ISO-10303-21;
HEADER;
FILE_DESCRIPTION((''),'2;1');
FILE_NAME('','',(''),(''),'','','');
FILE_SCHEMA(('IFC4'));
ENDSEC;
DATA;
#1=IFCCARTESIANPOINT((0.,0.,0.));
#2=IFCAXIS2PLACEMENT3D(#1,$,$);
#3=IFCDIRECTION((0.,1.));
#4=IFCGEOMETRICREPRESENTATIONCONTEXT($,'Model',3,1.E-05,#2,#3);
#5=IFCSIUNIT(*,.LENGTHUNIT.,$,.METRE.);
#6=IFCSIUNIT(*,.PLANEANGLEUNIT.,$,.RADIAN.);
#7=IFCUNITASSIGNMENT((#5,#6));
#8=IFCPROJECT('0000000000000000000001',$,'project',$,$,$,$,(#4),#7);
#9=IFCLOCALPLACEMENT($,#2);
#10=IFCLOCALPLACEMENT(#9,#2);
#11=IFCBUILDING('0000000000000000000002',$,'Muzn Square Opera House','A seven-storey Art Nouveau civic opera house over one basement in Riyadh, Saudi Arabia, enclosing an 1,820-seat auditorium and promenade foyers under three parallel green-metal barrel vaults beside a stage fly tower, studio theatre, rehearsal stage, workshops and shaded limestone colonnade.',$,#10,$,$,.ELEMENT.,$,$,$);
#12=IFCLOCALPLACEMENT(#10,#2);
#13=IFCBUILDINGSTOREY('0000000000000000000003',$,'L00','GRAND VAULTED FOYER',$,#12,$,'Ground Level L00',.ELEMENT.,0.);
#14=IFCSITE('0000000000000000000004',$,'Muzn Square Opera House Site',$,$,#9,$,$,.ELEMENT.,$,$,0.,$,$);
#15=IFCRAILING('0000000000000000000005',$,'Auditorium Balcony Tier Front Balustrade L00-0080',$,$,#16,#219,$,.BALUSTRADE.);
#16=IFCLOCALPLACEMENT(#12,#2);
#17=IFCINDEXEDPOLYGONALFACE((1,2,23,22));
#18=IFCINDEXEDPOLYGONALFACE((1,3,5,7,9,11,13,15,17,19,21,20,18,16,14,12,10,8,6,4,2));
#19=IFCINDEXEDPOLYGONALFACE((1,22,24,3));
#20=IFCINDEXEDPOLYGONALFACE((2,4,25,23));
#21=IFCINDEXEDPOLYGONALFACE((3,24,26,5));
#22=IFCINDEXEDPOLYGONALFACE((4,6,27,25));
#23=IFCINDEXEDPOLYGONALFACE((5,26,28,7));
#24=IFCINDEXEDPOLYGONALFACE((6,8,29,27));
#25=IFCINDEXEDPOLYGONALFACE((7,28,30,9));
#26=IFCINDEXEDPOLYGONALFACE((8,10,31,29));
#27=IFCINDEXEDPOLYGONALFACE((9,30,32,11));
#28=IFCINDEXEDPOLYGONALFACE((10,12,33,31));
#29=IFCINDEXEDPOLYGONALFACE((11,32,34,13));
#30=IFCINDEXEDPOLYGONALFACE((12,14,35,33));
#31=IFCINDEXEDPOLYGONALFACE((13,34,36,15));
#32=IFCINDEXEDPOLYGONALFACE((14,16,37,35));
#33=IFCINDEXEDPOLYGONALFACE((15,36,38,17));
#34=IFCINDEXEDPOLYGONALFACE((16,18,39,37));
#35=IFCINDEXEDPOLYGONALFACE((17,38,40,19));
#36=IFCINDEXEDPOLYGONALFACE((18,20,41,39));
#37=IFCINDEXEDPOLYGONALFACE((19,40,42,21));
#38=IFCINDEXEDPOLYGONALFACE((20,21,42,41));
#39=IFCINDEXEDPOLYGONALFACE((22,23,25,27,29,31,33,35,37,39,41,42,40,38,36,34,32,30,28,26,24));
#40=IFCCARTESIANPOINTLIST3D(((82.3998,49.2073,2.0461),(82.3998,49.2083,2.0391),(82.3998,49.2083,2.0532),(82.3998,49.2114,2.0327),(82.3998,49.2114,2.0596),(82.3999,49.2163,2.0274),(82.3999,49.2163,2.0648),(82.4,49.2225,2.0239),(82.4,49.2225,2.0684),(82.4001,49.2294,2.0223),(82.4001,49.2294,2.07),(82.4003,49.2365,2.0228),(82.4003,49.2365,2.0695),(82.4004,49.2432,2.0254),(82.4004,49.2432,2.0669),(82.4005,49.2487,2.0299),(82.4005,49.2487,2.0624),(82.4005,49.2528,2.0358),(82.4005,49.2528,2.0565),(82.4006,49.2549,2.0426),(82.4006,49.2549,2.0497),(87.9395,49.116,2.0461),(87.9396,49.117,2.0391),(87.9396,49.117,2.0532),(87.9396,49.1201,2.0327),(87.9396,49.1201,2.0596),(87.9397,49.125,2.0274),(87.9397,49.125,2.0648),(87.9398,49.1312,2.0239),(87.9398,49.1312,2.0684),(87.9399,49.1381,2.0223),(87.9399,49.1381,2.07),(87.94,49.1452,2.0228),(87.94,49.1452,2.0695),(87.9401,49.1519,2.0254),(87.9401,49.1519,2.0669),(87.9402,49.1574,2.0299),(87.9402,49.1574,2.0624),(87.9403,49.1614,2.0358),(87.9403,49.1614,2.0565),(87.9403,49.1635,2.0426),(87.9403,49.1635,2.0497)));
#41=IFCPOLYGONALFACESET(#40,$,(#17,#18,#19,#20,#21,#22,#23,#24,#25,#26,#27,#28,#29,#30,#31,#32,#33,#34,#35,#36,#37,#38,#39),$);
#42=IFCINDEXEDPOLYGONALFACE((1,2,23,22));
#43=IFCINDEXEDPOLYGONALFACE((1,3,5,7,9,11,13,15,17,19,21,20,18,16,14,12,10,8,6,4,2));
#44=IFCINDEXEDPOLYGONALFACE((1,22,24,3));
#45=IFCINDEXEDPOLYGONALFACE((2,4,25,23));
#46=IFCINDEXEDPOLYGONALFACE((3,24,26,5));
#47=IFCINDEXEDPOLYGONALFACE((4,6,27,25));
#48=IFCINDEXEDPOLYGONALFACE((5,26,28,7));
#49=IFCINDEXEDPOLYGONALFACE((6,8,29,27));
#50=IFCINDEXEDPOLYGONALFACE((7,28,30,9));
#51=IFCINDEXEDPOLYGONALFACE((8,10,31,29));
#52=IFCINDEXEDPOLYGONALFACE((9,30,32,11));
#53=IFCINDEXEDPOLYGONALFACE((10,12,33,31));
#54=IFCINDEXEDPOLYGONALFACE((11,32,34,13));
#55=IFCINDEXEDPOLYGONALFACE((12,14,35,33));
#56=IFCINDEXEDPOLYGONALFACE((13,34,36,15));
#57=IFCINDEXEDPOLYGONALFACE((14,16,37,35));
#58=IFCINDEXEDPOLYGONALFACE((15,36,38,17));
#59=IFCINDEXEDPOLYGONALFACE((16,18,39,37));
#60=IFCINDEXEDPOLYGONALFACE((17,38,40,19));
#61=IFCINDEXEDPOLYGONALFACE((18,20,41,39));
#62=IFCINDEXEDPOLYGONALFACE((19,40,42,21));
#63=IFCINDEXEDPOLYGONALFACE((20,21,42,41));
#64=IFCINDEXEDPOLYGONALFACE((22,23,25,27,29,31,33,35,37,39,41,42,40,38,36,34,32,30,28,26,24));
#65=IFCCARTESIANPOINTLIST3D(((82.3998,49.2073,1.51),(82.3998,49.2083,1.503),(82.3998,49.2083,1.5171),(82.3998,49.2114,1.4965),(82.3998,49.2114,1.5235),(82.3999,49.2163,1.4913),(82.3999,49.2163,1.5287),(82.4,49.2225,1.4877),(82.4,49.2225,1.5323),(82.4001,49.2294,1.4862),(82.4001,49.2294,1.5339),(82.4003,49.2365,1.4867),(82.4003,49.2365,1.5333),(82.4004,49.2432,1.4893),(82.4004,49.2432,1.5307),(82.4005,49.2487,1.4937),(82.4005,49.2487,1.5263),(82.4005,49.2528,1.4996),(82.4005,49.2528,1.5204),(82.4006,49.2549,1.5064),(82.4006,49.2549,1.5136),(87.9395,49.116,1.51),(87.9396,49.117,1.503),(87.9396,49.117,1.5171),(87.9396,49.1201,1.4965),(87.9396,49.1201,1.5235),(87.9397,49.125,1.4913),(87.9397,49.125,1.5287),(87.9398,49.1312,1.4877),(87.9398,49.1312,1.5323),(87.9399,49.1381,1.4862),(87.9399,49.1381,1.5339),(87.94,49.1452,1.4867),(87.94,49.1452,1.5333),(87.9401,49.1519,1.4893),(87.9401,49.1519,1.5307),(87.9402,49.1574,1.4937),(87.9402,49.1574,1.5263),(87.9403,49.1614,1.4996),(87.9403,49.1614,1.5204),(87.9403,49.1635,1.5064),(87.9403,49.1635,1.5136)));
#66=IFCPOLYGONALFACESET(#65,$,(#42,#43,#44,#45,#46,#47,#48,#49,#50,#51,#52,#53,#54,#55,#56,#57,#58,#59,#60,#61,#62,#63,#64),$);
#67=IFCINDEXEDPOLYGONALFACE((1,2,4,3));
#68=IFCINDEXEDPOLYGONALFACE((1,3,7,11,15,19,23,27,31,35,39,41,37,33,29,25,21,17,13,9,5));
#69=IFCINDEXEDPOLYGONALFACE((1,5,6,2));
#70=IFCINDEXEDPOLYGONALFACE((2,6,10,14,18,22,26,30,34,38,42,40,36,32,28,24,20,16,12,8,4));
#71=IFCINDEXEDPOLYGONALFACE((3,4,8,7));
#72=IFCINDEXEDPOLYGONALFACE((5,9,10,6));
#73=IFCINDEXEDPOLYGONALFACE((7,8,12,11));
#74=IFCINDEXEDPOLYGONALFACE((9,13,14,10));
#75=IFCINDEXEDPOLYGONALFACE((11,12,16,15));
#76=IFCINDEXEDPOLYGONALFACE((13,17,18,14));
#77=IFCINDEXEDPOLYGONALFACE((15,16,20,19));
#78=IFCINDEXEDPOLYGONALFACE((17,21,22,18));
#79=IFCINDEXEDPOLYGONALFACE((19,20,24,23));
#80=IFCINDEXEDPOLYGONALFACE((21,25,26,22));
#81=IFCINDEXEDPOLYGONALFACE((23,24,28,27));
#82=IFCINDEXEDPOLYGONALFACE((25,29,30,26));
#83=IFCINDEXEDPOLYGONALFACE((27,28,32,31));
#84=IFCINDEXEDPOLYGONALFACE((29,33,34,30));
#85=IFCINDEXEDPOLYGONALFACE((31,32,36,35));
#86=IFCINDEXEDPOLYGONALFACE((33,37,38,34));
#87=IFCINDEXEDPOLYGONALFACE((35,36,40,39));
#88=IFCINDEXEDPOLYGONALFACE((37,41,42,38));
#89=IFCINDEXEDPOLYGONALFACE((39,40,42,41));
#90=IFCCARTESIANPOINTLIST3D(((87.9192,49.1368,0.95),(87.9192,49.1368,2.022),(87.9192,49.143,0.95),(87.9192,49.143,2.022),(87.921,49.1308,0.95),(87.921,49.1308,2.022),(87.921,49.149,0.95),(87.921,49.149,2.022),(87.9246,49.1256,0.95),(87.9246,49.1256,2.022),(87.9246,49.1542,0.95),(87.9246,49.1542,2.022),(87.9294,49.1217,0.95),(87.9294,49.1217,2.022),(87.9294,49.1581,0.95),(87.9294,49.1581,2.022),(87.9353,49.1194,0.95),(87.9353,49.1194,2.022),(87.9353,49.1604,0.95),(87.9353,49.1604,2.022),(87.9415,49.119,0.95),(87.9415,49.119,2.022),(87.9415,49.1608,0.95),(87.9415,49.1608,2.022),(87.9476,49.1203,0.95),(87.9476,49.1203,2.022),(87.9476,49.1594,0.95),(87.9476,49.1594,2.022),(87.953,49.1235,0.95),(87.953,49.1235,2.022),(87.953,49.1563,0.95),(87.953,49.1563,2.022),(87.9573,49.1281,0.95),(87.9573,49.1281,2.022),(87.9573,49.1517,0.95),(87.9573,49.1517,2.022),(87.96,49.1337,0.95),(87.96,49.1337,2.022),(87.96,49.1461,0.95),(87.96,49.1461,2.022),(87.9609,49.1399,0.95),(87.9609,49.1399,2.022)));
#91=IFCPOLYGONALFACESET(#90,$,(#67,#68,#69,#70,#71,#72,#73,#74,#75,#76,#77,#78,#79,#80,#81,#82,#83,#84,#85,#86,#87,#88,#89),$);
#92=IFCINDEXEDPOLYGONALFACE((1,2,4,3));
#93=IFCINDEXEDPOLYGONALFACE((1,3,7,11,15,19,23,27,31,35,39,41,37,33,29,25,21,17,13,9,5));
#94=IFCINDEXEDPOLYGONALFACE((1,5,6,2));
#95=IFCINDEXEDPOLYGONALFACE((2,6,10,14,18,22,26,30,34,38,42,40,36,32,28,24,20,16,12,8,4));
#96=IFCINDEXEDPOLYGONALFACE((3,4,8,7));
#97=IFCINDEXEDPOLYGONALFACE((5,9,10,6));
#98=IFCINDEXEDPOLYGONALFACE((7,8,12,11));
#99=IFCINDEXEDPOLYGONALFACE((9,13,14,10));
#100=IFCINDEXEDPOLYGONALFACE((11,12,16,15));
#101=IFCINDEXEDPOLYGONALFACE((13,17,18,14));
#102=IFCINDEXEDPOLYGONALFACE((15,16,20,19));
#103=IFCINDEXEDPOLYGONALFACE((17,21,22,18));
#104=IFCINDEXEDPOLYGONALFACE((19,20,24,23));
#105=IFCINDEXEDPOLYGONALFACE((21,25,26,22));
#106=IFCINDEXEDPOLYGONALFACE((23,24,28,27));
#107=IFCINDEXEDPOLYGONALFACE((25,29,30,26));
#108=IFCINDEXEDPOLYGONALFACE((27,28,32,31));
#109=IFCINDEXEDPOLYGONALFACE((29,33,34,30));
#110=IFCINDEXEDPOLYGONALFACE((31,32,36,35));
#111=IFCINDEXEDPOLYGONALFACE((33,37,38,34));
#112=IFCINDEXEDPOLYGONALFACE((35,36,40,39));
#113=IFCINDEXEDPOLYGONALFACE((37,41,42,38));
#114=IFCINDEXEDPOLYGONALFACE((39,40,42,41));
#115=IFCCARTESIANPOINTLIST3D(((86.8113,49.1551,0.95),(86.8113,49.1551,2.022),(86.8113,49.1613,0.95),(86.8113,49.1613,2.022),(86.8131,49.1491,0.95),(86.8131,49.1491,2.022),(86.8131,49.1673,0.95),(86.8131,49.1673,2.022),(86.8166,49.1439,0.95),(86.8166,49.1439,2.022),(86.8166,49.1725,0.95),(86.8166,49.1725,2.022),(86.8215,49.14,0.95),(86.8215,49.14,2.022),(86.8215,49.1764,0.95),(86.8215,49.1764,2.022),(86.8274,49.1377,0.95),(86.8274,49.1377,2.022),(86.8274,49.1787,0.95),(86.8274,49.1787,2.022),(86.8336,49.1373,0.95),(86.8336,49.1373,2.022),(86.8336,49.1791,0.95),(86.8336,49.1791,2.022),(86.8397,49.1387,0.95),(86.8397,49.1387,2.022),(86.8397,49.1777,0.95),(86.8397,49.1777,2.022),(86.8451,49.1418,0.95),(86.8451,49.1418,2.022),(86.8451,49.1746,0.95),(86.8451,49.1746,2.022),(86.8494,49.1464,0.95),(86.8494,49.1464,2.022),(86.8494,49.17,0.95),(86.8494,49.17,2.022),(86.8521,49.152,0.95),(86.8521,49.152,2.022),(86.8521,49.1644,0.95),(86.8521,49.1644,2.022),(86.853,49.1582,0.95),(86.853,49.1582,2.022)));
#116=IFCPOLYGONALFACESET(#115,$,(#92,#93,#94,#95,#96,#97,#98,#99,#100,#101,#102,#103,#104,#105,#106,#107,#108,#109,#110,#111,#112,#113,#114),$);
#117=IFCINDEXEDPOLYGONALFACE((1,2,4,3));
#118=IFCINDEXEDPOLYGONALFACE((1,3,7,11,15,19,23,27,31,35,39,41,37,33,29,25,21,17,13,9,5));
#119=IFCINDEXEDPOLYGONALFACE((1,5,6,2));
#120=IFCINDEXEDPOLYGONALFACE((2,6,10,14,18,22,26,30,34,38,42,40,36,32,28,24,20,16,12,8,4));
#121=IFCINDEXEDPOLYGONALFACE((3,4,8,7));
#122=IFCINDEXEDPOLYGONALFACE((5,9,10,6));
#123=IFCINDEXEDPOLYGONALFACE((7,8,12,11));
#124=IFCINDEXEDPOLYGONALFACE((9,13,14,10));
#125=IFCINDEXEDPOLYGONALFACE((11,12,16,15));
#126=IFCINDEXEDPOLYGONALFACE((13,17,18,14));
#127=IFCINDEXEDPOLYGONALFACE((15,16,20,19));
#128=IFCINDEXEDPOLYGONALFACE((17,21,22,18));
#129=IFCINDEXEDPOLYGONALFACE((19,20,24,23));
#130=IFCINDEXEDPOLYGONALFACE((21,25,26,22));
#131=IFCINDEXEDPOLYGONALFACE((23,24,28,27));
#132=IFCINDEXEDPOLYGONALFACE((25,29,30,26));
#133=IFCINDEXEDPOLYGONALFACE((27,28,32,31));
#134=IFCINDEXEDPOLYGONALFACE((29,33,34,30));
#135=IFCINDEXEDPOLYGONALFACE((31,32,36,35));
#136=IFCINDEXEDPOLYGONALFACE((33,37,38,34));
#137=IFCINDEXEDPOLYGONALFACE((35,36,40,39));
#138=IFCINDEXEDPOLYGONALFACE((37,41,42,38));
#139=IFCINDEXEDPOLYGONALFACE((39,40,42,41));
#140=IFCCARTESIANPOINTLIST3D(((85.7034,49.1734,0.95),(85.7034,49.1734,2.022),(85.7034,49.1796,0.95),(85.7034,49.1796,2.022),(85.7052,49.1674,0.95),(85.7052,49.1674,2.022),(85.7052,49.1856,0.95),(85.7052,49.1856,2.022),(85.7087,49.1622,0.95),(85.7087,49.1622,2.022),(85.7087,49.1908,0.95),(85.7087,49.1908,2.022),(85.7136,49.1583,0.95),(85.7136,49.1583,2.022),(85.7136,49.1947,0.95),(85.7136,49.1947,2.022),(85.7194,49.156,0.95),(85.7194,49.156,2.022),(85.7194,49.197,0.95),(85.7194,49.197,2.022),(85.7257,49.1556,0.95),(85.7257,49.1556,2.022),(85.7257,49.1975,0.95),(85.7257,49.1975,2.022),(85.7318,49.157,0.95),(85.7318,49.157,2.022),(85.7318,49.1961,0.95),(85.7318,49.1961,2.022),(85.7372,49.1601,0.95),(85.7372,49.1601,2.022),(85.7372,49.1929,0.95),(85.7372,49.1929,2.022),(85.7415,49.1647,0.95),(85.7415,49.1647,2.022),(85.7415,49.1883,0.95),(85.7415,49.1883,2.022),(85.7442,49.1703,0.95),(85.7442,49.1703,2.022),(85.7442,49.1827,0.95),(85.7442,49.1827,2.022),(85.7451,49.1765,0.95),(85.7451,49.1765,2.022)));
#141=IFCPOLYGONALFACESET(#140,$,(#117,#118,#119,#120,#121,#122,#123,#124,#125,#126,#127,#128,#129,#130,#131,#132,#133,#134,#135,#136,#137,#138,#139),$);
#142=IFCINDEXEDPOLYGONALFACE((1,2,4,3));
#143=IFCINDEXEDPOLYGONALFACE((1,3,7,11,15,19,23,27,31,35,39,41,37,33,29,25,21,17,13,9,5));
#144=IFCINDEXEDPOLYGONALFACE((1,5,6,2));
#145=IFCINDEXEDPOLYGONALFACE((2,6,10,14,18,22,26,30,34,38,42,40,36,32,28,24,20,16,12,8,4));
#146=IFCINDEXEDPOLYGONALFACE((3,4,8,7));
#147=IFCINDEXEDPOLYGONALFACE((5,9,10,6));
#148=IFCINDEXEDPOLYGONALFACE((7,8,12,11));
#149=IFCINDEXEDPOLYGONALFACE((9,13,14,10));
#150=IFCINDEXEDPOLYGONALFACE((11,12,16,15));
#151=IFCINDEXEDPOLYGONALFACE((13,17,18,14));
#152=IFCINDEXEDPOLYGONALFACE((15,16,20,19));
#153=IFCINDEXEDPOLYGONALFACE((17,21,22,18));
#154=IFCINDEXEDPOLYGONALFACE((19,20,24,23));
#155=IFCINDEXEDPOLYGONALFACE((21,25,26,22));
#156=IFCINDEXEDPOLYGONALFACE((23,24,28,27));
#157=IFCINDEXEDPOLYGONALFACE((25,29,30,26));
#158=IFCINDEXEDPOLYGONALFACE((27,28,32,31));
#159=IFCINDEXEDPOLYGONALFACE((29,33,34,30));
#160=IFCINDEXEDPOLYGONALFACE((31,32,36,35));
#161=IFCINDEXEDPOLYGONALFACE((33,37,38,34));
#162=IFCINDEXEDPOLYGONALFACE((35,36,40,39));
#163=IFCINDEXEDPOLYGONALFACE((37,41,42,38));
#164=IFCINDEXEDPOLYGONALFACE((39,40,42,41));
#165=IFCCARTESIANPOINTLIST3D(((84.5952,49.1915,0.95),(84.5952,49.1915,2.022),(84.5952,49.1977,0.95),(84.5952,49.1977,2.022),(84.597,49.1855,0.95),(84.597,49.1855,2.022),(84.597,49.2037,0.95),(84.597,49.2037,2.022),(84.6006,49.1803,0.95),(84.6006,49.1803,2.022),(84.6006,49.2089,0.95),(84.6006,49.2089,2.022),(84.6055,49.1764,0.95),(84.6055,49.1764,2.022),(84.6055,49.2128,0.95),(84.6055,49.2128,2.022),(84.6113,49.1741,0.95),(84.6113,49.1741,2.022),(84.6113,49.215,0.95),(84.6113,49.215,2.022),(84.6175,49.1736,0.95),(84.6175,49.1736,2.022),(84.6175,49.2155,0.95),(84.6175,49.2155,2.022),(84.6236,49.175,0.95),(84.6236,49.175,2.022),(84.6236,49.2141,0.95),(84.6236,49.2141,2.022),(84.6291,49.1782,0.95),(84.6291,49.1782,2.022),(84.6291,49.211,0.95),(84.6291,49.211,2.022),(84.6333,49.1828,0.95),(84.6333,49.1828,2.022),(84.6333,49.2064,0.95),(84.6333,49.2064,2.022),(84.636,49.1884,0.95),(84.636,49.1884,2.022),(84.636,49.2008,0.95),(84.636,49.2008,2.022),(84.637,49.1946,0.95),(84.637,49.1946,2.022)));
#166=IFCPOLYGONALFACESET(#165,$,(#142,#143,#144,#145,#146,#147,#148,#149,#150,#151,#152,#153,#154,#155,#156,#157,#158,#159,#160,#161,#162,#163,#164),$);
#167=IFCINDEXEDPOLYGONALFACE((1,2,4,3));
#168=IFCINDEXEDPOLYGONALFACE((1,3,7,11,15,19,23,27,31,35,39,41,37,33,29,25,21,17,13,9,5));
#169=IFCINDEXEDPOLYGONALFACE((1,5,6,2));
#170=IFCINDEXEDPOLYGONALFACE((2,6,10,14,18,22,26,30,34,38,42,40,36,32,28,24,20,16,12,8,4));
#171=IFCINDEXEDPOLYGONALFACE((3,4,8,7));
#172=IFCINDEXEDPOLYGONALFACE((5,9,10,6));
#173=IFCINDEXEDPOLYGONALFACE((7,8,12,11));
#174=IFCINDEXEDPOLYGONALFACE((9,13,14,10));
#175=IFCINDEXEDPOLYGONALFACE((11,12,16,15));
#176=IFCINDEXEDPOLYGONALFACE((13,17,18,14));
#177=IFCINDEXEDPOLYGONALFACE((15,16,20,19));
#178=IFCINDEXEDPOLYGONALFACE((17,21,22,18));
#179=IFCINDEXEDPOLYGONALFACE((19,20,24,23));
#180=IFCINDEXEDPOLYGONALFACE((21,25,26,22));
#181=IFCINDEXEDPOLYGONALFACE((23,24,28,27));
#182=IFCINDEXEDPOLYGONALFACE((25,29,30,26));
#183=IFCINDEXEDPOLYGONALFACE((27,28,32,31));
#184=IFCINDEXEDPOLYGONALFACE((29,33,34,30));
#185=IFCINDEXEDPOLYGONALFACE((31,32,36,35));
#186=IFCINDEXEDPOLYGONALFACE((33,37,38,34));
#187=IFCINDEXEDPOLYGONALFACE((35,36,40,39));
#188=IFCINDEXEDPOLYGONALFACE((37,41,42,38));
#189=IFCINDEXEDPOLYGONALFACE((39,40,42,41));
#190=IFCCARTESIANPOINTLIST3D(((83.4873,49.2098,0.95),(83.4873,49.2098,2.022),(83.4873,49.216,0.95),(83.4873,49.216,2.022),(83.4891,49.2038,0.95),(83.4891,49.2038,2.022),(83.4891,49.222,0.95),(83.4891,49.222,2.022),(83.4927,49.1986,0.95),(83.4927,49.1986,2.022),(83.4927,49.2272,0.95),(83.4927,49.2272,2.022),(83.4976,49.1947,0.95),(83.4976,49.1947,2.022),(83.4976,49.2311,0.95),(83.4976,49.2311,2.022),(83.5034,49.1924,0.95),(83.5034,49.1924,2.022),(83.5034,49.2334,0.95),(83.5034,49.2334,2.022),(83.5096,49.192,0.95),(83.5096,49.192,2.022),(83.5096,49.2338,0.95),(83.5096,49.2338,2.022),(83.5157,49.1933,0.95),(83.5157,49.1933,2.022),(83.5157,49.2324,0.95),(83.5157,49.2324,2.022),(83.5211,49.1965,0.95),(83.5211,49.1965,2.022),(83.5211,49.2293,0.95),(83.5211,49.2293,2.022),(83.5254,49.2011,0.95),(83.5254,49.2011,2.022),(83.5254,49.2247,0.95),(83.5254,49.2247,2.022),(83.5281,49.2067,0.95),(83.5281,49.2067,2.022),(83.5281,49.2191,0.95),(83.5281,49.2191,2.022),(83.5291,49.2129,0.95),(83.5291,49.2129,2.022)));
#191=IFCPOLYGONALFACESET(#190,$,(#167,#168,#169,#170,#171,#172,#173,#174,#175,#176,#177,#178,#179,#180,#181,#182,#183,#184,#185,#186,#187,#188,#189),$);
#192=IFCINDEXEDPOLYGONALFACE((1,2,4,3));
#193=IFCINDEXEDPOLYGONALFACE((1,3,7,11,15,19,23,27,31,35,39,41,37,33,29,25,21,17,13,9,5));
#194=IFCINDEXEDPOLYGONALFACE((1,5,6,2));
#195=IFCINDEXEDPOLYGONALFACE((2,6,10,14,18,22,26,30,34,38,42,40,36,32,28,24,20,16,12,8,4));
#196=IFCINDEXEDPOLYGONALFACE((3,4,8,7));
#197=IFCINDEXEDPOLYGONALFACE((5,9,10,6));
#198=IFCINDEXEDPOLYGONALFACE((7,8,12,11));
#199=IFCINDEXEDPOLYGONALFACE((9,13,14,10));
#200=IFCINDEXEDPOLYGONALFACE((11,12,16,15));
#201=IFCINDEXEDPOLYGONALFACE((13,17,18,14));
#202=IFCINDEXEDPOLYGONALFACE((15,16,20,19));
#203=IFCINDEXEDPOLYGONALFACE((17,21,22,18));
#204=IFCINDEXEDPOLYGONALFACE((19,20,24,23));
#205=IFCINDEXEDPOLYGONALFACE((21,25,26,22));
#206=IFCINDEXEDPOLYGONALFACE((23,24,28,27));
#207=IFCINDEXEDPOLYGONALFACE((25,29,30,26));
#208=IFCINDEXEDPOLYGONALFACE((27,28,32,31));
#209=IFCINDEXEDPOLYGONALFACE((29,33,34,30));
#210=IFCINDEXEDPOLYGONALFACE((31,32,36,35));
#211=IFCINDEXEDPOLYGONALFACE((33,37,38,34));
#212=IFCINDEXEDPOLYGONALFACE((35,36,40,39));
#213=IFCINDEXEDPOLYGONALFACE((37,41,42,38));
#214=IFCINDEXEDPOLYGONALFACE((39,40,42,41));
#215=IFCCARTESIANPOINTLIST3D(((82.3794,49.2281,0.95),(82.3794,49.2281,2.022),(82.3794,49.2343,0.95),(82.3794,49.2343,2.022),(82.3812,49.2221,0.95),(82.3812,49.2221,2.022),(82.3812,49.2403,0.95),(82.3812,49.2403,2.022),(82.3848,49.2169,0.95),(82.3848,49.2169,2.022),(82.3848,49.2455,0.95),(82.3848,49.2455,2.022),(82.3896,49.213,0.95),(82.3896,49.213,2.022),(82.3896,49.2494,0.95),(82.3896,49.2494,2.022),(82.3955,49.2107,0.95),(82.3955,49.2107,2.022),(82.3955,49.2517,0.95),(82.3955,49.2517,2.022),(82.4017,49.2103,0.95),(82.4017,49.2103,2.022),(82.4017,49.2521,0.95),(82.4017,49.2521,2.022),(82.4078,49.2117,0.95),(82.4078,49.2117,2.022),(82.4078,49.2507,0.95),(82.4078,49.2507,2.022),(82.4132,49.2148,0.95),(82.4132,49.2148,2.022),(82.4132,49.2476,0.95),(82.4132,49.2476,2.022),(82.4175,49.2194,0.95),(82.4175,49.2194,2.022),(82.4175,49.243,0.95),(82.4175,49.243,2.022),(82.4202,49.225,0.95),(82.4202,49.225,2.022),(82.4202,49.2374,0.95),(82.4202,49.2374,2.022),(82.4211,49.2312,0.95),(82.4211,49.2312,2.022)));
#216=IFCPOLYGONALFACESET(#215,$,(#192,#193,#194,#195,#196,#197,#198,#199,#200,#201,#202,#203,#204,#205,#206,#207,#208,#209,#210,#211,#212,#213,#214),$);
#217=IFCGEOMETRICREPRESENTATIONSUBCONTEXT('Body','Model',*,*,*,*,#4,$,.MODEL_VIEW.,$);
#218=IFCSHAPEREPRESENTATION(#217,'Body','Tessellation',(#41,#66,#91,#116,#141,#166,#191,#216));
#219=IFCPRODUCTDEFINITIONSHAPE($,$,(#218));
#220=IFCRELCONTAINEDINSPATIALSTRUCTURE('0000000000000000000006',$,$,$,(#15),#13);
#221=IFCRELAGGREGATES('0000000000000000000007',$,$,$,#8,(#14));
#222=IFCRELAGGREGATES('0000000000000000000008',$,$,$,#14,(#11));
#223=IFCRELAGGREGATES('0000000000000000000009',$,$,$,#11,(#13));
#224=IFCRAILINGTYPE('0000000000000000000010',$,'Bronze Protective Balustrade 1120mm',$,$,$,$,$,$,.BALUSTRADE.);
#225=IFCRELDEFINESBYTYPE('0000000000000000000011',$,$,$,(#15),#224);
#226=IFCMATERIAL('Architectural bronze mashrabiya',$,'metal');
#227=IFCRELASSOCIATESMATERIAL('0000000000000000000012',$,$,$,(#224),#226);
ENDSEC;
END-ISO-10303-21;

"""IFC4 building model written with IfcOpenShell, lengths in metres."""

from ifc_helpers import new_model, si_unit, direction, frame, origin, origin_2d, place, context, subcontext, project, spatial, circle, extrude, material, type_object, element, save


model = new_model("IFC4")

# Units and contexts
model_context = context("Model", 3, precision=1e-05, world=origin(), true_north=direction((0.0, 1.0)))
body_context = subcontext(model_context, "Body", "Model", "MODEL_VIEW")
ifc_project = project(units=[si_unit("LENGTHUNIT", "METRE"), si_unit("PLANEANGLEUNIT", "RADIAN")], contexts=[model_context])

# Site, building, storey
site_placement = place(None, origin())
site = spatial("IfcSite", under=ifc_project, at=site_placement, Name="Muzn Square Opera House Site", CompositionType="ELEMENT", RefElevation=0.0)
building_placement = place(site_placement, origin())
building = spatial("IfcBuilding", under=site, at=building_placement, Name="Muzn Square Opera House", Description="A seven-storey Art Nouveau civic opera house over one basement in Riyadh, Saudi Arabia, enclosing an 1,820-seat auditorium and promenade foyers under three parallel green-metal barrel vaults beside a stage fly tower, studio theatre, rehearsal stage, workshops and shaded limestone colonnade.", CompositionType="ELEMENT")
storey_placement = place(building_placement, origin())
storey = spatial("IfcBuildingStorey", under=building, at=storey_placement, Name="L00", Description="GRAND VAULTED FOYER", LongName="Ground Level L00", CompositionType="ELEMENT", Elevation=0.0)

# Railing
ifc_material_1 = material(Name="Architectural bronze mashrabiya", Category="metal")
railing_type_1 = type_object("IfcRailingType", Name="Bronze Protective Balustrade 1120mm", PredefinedType="BALUSTRADE", material=ifc_material_1)
railing_1_placement = place(storey_placement, frame((87.9399, 49.1399, 0.95)))
element("IfcRailing", 1, at=railing_1_placement, inside=storey, type_object=railing_type_1, Name="Auditorium Balcony Tier Front Balustrade L00-0080", PredefinedType="BALUSTRADE", context=body_context, shape_type="SweptSolid", body=[
    extrude(circle(Radius=0.0239, at=origin_2d()), frame((0.0, 0.0, 1.0962), z_axis=(-0.999864, 0.01648, 0.0), x_axis=(-0.01648, -0.999864, 0.0)), (0.0, 0.0, 1.0), 5.5405),
    extrude(circle(Radius=0.0239, at=origin_2d()), frame((0.0, 0.0, 0.5601), z_axis=(-0.999864, 0.01648, 0.0), x_axis=(-0.01648, -0.999864, 0.0)), (0.0, 0.0, 1.0), 5.5405),
    extrude(circle(Radius=0.021, at=origin_2d()), origin(), (0.0, 0.0, 1.0), 1.072),
    extrude(circle(Radius=0.021, at=origin_2d()), frame((-1.1079, 0.0183, 0.0)), (0.0, 0.0, 1.0), 1.072),
    extrude(circle(Radius=0.021, at=origin_2d()), frame((-2.2158, 0.0366, 0.0)), (0.0, 0.0, 1.0), 1.072),
    extrude(circle(Radius=0.021, at=origin_2d()), frame((-3.324, 0.0547, 0.0)), (0.0, 0.0, 1.0), 1.072),
    extrude(circle(Radius=0.021, at=origin_2d()), frame((-4.4319, 0.073, 0.0)), (0.0, 0.0, 1.0), 1.072),
    extrude(circle(Radius=0.021, at=origin_2d()), frame((-5.5398, 0.0913, 0.0)), (0.0, 0.0, 1.0), 1.072),
])

save(model, "model.ifc")
